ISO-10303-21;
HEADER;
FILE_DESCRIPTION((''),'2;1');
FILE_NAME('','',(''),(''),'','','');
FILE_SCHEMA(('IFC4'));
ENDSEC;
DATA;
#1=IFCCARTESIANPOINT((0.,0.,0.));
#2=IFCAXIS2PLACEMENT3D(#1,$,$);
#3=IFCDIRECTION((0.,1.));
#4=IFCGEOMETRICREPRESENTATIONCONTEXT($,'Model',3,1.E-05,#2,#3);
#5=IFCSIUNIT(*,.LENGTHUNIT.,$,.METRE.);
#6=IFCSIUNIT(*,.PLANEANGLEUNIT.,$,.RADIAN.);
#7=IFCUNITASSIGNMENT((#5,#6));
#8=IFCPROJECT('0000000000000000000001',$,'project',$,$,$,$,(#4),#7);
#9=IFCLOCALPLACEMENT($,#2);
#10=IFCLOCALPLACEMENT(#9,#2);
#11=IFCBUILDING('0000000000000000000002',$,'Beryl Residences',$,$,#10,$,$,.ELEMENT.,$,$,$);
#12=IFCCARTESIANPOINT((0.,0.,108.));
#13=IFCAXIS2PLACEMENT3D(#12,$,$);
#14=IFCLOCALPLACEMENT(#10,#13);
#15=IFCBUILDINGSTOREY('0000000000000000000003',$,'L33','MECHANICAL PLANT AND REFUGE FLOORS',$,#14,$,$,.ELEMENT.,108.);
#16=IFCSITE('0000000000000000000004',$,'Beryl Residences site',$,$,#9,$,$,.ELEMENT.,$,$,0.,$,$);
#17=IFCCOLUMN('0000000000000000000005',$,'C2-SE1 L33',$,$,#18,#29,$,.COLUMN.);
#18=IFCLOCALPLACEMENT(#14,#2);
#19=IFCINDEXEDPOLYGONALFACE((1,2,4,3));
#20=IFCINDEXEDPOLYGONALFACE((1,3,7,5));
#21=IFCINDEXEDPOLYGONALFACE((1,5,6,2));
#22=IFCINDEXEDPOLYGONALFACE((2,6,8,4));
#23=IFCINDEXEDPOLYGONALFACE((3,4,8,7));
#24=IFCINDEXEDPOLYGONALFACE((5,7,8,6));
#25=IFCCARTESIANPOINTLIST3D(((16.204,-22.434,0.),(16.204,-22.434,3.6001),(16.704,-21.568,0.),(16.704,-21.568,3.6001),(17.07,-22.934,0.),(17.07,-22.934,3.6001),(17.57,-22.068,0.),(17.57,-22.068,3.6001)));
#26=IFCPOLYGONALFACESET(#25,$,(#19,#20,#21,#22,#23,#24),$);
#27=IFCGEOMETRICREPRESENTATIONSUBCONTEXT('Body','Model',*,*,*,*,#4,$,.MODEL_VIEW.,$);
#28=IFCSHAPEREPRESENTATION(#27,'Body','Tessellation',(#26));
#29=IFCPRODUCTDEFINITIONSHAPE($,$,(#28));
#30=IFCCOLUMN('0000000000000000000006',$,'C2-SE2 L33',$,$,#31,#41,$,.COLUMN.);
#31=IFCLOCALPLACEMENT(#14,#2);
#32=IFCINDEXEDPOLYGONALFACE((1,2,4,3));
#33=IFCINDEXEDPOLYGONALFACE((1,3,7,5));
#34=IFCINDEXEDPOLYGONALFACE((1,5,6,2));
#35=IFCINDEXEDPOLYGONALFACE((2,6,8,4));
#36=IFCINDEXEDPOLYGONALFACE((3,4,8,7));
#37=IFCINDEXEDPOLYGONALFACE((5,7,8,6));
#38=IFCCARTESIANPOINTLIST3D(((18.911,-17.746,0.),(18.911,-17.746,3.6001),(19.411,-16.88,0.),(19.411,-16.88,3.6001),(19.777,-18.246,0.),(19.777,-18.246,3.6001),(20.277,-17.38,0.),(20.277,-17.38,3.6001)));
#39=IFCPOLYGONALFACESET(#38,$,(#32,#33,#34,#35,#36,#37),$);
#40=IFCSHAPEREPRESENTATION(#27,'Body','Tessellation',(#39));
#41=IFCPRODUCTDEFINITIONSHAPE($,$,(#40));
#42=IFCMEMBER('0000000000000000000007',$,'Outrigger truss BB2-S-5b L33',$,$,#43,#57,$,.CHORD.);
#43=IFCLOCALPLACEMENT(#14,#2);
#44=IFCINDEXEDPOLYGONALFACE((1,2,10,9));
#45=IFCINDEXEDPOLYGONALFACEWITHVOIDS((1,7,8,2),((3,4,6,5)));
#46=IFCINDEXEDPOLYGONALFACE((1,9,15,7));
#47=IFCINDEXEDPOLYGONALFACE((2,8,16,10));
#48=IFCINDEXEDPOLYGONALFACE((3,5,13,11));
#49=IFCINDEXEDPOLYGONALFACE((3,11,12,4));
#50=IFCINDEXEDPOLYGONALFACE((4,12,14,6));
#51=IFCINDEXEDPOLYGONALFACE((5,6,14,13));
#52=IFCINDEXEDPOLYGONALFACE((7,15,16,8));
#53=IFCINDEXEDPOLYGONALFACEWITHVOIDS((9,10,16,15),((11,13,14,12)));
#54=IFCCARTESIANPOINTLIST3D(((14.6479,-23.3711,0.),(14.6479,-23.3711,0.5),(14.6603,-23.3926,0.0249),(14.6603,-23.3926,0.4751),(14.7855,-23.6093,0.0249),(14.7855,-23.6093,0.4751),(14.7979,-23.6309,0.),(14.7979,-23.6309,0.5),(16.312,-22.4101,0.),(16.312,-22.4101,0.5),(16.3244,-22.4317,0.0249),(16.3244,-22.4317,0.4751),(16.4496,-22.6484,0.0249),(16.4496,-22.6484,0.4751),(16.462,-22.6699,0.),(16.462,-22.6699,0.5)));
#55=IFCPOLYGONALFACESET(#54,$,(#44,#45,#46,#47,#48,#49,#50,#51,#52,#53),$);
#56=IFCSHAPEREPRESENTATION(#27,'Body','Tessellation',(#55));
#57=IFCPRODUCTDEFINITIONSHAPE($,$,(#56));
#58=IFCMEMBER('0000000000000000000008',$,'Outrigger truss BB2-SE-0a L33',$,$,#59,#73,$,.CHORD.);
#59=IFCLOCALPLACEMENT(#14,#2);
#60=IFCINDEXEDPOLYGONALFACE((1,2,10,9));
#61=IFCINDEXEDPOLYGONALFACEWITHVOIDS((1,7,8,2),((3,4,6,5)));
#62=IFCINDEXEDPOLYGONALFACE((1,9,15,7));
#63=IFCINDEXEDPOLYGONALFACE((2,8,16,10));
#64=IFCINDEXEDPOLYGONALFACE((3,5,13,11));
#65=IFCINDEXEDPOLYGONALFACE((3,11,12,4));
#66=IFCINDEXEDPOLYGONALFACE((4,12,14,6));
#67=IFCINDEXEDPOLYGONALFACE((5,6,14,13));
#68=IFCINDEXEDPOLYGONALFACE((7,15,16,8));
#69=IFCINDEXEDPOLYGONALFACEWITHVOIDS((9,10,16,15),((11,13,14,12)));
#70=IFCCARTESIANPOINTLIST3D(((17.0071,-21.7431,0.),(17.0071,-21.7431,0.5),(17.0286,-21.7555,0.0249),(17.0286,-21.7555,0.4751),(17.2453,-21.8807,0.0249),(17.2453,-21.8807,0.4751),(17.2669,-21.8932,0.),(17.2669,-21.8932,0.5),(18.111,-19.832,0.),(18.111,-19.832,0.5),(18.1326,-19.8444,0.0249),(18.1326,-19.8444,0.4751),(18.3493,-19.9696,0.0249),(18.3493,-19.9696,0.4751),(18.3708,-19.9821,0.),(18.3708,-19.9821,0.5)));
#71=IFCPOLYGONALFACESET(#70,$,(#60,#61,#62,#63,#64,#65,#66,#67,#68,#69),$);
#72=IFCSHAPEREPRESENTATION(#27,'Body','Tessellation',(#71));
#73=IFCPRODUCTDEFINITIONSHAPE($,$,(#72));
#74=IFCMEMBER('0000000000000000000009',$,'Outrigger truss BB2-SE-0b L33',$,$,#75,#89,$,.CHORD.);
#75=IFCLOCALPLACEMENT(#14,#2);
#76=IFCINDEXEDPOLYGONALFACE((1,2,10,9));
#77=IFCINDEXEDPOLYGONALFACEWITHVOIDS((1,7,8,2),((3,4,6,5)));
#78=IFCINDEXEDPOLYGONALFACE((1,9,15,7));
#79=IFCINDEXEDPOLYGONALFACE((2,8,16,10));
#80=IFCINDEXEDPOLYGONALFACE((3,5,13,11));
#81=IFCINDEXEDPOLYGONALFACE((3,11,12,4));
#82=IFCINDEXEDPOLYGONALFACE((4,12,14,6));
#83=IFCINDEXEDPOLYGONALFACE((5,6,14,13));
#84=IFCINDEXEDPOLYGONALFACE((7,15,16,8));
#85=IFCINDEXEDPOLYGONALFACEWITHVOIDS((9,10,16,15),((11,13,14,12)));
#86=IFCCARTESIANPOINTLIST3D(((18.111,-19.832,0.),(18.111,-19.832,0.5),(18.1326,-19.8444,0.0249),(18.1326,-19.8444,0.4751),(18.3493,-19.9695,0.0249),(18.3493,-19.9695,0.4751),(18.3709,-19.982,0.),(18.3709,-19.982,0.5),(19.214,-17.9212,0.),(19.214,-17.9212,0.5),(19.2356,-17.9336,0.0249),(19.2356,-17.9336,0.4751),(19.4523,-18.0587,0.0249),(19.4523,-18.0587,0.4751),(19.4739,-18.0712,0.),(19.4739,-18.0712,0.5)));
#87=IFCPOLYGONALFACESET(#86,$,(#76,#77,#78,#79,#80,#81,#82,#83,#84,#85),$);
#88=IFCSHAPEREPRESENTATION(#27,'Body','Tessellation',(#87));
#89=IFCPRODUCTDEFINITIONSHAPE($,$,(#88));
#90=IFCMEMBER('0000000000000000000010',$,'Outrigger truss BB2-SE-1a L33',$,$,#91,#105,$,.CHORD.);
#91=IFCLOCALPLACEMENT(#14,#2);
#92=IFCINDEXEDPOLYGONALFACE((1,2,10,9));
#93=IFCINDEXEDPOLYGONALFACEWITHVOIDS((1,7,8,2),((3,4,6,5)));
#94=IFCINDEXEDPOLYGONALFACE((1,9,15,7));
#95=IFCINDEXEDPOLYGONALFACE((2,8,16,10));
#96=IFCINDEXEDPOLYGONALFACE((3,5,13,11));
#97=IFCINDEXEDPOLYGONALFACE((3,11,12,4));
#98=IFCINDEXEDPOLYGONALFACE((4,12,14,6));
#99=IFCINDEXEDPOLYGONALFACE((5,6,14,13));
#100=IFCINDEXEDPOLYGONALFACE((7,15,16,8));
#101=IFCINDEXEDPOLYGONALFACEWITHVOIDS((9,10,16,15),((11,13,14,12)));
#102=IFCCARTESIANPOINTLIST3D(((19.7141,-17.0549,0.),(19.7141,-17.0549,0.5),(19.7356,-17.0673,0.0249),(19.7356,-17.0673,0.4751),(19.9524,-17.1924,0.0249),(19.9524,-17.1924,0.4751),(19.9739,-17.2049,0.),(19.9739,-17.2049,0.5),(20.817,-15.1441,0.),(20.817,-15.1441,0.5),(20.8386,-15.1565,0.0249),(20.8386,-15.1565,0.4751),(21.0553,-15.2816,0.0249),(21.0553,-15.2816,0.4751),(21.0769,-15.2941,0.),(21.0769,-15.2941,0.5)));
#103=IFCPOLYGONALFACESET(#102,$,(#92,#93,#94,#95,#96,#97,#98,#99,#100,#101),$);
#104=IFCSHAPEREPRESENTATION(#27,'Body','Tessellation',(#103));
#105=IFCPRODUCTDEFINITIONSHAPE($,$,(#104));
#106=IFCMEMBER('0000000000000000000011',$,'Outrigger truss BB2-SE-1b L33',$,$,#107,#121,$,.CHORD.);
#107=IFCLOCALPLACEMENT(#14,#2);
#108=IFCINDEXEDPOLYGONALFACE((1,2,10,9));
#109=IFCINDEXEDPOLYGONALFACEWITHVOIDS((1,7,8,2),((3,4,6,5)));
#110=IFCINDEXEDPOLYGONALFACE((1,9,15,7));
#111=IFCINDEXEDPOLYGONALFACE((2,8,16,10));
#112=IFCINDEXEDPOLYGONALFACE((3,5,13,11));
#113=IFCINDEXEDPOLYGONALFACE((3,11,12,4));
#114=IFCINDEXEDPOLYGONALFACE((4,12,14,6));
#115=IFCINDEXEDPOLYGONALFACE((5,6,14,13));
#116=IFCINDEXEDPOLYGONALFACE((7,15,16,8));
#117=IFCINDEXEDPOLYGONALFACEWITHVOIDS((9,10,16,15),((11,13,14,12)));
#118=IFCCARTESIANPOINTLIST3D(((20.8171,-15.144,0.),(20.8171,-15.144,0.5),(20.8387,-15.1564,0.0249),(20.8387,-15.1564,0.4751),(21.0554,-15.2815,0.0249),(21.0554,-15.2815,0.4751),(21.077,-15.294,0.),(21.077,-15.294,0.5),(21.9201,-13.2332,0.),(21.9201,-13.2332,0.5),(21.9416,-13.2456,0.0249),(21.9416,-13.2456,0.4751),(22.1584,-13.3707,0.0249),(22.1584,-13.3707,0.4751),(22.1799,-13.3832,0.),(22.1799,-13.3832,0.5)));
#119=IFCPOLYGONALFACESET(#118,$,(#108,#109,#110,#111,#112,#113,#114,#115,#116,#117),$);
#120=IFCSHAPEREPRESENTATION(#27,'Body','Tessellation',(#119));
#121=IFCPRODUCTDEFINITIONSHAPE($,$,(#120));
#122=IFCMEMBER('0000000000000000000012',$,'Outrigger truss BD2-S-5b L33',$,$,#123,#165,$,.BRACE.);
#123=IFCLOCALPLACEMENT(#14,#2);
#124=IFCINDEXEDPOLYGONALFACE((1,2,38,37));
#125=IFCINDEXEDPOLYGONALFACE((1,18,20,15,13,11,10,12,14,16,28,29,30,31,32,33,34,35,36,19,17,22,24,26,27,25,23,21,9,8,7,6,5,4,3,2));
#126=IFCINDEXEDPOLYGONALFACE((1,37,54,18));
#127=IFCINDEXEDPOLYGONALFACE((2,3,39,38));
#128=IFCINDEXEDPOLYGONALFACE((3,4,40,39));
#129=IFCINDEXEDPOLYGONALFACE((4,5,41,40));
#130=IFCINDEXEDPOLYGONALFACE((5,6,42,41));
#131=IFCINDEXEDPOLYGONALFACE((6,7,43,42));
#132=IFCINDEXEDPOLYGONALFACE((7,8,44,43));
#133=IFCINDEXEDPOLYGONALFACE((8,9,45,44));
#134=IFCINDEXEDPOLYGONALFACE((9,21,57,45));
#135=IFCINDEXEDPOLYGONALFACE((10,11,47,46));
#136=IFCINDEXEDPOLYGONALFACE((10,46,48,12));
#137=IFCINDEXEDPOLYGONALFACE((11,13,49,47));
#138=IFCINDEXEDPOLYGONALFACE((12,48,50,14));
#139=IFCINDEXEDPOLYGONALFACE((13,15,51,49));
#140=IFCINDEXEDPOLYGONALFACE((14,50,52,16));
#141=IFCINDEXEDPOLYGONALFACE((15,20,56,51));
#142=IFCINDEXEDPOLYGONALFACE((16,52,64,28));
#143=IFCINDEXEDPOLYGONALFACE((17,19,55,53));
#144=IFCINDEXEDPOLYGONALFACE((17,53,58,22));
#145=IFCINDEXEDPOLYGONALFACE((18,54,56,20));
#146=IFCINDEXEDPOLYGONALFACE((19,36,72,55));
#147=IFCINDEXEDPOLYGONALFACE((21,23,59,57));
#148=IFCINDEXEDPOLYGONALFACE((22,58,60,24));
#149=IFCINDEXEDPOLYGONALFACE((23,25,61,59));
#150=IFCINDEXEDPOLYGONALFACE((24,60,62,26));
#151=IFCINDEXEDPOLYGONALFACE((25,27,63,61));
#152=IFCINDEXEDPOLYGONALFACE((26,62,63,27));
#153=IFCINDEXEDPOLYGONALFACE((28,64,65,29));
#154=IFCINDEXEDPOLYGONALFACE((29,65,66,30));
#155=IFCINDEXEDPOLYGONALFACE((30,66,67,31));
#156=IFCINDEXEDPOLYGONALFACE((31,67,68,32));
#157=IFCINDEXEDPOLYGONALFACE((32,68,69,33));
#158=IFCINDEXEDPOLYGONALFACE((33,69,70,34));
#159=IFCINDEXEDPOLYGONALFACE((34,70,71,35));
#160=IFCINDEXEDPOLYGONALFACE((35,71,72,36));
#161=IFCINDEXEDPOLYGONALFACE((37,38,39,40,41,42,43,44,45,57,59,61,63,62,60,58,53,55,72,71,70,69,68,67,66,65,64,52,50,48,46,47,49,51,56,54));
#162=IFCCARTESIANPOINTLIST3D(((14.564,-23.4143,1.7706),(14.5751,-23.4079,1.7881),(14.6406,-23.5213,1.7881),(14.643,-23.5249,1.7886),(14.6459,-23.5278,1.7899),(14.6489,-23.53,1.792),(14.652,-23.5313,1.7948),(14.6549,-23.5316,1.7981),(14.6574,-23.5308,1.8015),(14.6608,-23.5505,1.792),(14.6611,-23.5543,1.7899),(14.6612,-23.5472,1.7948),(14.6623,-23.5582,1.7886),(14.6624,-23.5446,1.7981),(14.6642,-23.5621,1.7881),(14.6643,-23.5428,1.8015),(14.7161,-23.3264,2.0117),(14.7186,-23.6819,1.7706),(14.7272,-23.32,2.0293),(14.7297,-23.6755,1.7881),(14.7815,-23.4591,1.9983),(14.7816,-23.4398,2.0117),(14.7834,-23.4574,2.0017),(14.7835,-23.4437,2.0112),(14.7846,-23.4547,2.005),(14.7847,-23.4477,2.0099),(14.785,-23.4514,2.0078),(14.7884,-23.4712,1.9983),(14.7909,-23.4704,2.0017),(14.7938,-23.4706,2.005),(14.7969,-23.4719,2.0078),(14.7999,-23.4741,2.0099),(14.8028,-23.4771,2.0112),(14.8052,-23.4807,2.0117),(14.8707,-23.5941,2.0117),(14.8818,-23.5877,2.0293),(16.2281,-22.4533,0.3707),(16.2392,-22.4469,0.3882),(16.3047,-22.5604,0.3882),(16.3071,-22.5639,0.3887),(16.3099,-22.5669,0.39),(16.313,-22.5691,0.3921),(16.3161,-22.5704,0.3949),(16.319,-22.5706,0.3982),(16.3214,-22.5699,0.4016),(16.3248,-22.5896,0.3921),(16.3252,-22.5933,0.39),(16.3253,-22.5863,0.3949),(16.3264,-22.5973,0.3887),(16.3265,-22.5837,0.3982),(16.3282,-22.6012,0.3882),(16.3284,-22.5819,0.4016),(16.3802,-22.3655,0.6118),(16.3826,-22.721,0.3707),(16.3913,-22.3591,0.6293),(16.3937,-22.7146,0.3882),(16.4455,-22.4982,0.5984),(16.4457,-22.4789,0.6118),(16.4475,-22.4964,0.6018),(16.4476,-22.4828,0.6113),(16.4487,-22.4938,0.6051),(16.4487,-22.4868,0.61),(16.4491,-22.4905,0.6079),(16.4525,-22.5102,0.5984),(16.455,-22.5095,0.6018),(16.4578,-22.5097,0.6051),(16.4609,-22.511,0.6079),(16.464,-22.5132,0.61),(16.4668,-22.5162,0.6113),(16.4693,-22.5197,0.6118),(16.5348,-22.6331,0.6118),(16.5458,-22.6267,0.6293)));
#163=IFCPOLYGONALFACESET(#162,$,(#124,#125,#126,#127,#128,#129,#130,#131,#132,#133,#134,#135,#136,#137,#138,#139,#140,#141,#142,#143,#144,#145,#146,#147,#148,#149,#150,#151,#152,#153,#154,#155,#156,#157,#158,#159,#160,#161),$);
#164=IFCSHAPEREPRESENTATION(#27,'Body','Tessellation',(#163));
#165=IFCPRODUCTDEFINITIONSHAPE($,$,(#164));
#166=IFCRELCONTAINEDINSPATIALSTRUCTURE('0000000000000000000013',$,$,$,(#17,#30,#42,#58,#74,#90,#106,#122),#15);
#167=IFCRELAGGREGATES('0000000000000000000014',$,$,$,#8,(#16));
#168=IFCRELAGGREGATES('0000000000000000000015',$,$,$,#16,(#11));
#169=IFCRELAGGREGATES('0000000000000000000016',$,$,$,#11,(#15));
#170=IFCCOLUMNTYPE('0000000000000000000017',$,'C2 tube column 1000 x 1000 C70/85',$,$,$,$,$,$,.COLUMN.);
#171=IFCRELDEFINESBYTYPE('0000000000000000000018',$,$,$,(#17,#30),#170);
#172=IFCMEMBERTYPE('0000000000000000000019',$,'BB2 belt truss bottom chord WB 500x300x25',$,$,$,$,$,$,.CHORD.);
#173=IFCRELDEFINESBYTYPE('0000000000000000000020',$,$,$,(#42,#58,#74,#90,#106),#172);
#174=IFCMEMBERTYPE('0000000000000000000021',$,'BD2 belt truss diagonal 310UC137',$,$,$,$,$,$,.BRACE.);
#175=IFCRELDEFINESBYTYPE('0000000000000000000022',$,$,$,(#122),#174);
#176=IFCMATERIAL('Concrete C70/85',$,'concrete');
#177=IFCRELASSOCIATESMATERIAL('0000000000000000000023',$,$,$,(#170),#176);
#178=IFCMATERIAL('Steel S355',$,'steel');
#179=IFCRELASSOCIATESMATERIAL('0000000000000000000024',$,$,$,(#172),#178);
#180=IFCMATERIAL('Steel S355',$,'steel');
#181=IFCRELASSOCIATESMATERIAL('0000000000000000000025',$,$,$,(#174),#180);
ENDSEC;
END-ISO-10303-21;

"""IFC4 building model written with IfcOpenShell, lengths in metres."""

from ifc_helpers import new_model, si_unit, direction, frame, origin, origin_2d, place, context, subcontext, project, spatial, rectangle, hollow_rectangle, i_section, extrude, material, material_profile, profile_set, type_object, element, save


model = new_model("IFC4")

# Units and contexts
model_context = context("Model", 3, precision=1e-05, world=origin(), true_north=direction((0.0, 1.0)))
body_context = subcontext(model_context, "Body", "Model", "MODEL_VIEW")
ifc_project = project(units=[si_unit("LENGTHUNIT", "METRE"), si_unit("PLANEANGLEUNIT", "RADIAN")], contexts=[model_context])

# Site, building, storey
site_placement = place(None, origin())
site = spatial("IfcSite", under=ifc_project, at=site_placement, Name="Beryl Residences site", CompositionType="ELEMENT", RefElevation=0.0)
building_placement = place(site_placement, origin())
building = spatial("IfcBuilding", under=site, at=building_placement, Name="Beryl Residences", CompositionType="ELEMENT")
storey_placement = place(building_placement, frame((0.0, 0.0, 108.0)))
storey = spatial("IfcBuildingStorey", under=building, at=storey_placement, Name="L33", Description="MECHANICAL PLANT AND REFUGE FLOORS", CompositionType="ELEMENT", Elevation=108.0)

# Columns
ifc_material_1 = material(Name="Concrete C70/85", Category="concrete")
ifc_material_profile_1 = material_profile(ifc_material_1, rectangle(XDim=1.0, YDim=1.0, at=origin_2d()))
ifc_profile_set_1 = profile_set([ifc_material_profile_1], Name="Concrete C70/85")
column_type = type_object("IfcColumnType", Name="C2 tube column 1000 x 1000 C70/85", PredefinedType="COLUMN", material=ifc_profile_set_1)
for number, where, z_axis, x_axis, name in (
    (1, (16.887, -22.251, 0.0), (0.0, 0.0, 1.0), (0.5, 0.866025, 0.0), "C2-SE1 L33"),
    (2, (19.594, -17.563, 0.0), (0.0, 0.0, 1.0), (0.5, 0.866025, 0.0), "C2-SE2 L33"),
):
    element("IfcColumn", number, at=place(storey_placement, frame(where, z_axis=z_axis, x_axis=x_axis)), inside=storey, type_object=column_type, Name=name, PredefinedType="COLUMN", context=body_context, shape_type="SweptSolid", body=[
        extrude(rectangle(XDim=1.0, YDim=1.0, at=origin_2d()), origin(), (0.0, 0.0, 1.0), 3.6001),
    ])

# Members
ifc_material_2 = material(Name="Steel S355", Category="steel")
ifc_material_profile_2 = material_profile(ifc_material_2, hollow_rectangle(XDim=0.3, YDim=0.5, WallThickness=0.0249, at=origin_2d()))
ifc_profile_set_2 = profile_set([ifc_material_profile_2], Name="Steel S355")
member_type_1 = type_object("IfcMemberType", Name="BB2 belt truss bottom chord WB 500x300x25", PredefinedType="CHORD", material=ifc_profile_set_2)
member_1_placement = place(storey_placement, frame((14.7229, -23.501, 0.25), z_axis=(0.865982, 0.500074, 0.0), x_axis=(-0.500074, 0.865982, 0.0)))
element("IfcMember", 3, at=member_1_placement, inside=storey, type_object=member_type_1, Name="Outrigger truss BB2-S-5b L33", PredefinedType="CHORD", context=body_context, shape_type="SweptSolid", body=[
    extrude(hollow_rectangle(XDim=0.3, YDim=0.5, WallThickness=0.0249, at=origin_2d()), origin(), (0.0, 0.0, 1.0), 1.9216),
])
member_2_placement = place(storey_placement, frame((17.137, -21.8181, 0.25), z_axis=(0.500208, 0.865906, 0.0), x_axis=(-0.865906, 0.500208, 0.0)))
element("IfcMember", 4, at=member_2_placement, inside=storey, type_object=member_type_1, Name="Outrigger truss BB2-SE-0a L33", PredefinedType="CHORD", context=body_context, shape_type="SweptSolid", body=[
    extrude(hollow_rectangle(XDim=0.3, YDim=0.5, WallThickness=0.0249, at=origin_2d()), origin(), (0.0, 0.0, 1.0), 2.207),
])
for number, where, z_axis, x_axis, name in (
    (5, (18.241, -19.907, 0.25), (0.499924, 0.86607, 0.0), (-0.86607, 0.499924, 0.0), "Outrigger truss BB2-SE-0b L33"),
    (6, (19.844, -17.1299, 0.25), (0.499924, 0.86607, 0.0), (-0.86607, 0.499924, 0.0), "Outrigger truss BB2-SE-1a L33"),
    (7, (20.947, -15.219, 0.25), (0.499924, 0.86607, 0.0), (-0.86607, 0.499924, 0.0), "Outrigger truss BB2-SE-1b L33"),
):
    element("IfcMember", number, at=place(storey_placement, frame(where, z_axis=z_axis, x_axis=x_axis)), inside=storey, type_object=member_type_1, Name=name, PredefinedType="CHORD", context=body_context, shape_type="SweptSolid", body=[
        extrude(hollow_rectangle(XDim=0.3, YDim=0.5, WallThickness=0.0249, at=origin_2d()), origin(), (0.0, 0.0, 1.0), 2.2063),
    ])
ifc_material_3 = material(Name="Steel S355", Category="steel")
ifc_material_profile_3 = material_profile(ifc_material_3, i_section(OverallWidth=0.3091, OverallDepth=0.3201, WebThickness=0.0139, FlangeThickness=0.0217, FilletRadius=0.0166, at=origin_2d()))
ifc_profile_set_3 = profile_set([ifc_material_profile_3], Name="Steel S355")
member_type_2 = type_object("IfcMemberType", Name="BD2 belt truss diagonal 310UC137", PredefinedType="BRACE", material=ifc_profile_set_3)
member_3_placement = place(storey_placement, frame((16.387, -22.54, 0.5), z_axis=(-0.699938, -0.40419, 0.588827), x_axis=(0.500074, -0.865982, 0.0)))
element("IfcMember", 8, at=member_3_placement, inside=storey, type_object=member_type_2, Name="Outrigger truss BD2-S-5b L33", PredefinedType="BRACE", context=body_context, shape_type="SweptSolid", body=[
    extrude(i_section(OverallWidth=0.3091, OverallDepth=0.3201, WebThickness=0.0139, FlangeThickness=0.0217, FilletRadius=0.0166, at=origin_2d()), origin(), (0.0, 0.0, 1.0), 2.3774),
])

save(model, "model.ifc")
